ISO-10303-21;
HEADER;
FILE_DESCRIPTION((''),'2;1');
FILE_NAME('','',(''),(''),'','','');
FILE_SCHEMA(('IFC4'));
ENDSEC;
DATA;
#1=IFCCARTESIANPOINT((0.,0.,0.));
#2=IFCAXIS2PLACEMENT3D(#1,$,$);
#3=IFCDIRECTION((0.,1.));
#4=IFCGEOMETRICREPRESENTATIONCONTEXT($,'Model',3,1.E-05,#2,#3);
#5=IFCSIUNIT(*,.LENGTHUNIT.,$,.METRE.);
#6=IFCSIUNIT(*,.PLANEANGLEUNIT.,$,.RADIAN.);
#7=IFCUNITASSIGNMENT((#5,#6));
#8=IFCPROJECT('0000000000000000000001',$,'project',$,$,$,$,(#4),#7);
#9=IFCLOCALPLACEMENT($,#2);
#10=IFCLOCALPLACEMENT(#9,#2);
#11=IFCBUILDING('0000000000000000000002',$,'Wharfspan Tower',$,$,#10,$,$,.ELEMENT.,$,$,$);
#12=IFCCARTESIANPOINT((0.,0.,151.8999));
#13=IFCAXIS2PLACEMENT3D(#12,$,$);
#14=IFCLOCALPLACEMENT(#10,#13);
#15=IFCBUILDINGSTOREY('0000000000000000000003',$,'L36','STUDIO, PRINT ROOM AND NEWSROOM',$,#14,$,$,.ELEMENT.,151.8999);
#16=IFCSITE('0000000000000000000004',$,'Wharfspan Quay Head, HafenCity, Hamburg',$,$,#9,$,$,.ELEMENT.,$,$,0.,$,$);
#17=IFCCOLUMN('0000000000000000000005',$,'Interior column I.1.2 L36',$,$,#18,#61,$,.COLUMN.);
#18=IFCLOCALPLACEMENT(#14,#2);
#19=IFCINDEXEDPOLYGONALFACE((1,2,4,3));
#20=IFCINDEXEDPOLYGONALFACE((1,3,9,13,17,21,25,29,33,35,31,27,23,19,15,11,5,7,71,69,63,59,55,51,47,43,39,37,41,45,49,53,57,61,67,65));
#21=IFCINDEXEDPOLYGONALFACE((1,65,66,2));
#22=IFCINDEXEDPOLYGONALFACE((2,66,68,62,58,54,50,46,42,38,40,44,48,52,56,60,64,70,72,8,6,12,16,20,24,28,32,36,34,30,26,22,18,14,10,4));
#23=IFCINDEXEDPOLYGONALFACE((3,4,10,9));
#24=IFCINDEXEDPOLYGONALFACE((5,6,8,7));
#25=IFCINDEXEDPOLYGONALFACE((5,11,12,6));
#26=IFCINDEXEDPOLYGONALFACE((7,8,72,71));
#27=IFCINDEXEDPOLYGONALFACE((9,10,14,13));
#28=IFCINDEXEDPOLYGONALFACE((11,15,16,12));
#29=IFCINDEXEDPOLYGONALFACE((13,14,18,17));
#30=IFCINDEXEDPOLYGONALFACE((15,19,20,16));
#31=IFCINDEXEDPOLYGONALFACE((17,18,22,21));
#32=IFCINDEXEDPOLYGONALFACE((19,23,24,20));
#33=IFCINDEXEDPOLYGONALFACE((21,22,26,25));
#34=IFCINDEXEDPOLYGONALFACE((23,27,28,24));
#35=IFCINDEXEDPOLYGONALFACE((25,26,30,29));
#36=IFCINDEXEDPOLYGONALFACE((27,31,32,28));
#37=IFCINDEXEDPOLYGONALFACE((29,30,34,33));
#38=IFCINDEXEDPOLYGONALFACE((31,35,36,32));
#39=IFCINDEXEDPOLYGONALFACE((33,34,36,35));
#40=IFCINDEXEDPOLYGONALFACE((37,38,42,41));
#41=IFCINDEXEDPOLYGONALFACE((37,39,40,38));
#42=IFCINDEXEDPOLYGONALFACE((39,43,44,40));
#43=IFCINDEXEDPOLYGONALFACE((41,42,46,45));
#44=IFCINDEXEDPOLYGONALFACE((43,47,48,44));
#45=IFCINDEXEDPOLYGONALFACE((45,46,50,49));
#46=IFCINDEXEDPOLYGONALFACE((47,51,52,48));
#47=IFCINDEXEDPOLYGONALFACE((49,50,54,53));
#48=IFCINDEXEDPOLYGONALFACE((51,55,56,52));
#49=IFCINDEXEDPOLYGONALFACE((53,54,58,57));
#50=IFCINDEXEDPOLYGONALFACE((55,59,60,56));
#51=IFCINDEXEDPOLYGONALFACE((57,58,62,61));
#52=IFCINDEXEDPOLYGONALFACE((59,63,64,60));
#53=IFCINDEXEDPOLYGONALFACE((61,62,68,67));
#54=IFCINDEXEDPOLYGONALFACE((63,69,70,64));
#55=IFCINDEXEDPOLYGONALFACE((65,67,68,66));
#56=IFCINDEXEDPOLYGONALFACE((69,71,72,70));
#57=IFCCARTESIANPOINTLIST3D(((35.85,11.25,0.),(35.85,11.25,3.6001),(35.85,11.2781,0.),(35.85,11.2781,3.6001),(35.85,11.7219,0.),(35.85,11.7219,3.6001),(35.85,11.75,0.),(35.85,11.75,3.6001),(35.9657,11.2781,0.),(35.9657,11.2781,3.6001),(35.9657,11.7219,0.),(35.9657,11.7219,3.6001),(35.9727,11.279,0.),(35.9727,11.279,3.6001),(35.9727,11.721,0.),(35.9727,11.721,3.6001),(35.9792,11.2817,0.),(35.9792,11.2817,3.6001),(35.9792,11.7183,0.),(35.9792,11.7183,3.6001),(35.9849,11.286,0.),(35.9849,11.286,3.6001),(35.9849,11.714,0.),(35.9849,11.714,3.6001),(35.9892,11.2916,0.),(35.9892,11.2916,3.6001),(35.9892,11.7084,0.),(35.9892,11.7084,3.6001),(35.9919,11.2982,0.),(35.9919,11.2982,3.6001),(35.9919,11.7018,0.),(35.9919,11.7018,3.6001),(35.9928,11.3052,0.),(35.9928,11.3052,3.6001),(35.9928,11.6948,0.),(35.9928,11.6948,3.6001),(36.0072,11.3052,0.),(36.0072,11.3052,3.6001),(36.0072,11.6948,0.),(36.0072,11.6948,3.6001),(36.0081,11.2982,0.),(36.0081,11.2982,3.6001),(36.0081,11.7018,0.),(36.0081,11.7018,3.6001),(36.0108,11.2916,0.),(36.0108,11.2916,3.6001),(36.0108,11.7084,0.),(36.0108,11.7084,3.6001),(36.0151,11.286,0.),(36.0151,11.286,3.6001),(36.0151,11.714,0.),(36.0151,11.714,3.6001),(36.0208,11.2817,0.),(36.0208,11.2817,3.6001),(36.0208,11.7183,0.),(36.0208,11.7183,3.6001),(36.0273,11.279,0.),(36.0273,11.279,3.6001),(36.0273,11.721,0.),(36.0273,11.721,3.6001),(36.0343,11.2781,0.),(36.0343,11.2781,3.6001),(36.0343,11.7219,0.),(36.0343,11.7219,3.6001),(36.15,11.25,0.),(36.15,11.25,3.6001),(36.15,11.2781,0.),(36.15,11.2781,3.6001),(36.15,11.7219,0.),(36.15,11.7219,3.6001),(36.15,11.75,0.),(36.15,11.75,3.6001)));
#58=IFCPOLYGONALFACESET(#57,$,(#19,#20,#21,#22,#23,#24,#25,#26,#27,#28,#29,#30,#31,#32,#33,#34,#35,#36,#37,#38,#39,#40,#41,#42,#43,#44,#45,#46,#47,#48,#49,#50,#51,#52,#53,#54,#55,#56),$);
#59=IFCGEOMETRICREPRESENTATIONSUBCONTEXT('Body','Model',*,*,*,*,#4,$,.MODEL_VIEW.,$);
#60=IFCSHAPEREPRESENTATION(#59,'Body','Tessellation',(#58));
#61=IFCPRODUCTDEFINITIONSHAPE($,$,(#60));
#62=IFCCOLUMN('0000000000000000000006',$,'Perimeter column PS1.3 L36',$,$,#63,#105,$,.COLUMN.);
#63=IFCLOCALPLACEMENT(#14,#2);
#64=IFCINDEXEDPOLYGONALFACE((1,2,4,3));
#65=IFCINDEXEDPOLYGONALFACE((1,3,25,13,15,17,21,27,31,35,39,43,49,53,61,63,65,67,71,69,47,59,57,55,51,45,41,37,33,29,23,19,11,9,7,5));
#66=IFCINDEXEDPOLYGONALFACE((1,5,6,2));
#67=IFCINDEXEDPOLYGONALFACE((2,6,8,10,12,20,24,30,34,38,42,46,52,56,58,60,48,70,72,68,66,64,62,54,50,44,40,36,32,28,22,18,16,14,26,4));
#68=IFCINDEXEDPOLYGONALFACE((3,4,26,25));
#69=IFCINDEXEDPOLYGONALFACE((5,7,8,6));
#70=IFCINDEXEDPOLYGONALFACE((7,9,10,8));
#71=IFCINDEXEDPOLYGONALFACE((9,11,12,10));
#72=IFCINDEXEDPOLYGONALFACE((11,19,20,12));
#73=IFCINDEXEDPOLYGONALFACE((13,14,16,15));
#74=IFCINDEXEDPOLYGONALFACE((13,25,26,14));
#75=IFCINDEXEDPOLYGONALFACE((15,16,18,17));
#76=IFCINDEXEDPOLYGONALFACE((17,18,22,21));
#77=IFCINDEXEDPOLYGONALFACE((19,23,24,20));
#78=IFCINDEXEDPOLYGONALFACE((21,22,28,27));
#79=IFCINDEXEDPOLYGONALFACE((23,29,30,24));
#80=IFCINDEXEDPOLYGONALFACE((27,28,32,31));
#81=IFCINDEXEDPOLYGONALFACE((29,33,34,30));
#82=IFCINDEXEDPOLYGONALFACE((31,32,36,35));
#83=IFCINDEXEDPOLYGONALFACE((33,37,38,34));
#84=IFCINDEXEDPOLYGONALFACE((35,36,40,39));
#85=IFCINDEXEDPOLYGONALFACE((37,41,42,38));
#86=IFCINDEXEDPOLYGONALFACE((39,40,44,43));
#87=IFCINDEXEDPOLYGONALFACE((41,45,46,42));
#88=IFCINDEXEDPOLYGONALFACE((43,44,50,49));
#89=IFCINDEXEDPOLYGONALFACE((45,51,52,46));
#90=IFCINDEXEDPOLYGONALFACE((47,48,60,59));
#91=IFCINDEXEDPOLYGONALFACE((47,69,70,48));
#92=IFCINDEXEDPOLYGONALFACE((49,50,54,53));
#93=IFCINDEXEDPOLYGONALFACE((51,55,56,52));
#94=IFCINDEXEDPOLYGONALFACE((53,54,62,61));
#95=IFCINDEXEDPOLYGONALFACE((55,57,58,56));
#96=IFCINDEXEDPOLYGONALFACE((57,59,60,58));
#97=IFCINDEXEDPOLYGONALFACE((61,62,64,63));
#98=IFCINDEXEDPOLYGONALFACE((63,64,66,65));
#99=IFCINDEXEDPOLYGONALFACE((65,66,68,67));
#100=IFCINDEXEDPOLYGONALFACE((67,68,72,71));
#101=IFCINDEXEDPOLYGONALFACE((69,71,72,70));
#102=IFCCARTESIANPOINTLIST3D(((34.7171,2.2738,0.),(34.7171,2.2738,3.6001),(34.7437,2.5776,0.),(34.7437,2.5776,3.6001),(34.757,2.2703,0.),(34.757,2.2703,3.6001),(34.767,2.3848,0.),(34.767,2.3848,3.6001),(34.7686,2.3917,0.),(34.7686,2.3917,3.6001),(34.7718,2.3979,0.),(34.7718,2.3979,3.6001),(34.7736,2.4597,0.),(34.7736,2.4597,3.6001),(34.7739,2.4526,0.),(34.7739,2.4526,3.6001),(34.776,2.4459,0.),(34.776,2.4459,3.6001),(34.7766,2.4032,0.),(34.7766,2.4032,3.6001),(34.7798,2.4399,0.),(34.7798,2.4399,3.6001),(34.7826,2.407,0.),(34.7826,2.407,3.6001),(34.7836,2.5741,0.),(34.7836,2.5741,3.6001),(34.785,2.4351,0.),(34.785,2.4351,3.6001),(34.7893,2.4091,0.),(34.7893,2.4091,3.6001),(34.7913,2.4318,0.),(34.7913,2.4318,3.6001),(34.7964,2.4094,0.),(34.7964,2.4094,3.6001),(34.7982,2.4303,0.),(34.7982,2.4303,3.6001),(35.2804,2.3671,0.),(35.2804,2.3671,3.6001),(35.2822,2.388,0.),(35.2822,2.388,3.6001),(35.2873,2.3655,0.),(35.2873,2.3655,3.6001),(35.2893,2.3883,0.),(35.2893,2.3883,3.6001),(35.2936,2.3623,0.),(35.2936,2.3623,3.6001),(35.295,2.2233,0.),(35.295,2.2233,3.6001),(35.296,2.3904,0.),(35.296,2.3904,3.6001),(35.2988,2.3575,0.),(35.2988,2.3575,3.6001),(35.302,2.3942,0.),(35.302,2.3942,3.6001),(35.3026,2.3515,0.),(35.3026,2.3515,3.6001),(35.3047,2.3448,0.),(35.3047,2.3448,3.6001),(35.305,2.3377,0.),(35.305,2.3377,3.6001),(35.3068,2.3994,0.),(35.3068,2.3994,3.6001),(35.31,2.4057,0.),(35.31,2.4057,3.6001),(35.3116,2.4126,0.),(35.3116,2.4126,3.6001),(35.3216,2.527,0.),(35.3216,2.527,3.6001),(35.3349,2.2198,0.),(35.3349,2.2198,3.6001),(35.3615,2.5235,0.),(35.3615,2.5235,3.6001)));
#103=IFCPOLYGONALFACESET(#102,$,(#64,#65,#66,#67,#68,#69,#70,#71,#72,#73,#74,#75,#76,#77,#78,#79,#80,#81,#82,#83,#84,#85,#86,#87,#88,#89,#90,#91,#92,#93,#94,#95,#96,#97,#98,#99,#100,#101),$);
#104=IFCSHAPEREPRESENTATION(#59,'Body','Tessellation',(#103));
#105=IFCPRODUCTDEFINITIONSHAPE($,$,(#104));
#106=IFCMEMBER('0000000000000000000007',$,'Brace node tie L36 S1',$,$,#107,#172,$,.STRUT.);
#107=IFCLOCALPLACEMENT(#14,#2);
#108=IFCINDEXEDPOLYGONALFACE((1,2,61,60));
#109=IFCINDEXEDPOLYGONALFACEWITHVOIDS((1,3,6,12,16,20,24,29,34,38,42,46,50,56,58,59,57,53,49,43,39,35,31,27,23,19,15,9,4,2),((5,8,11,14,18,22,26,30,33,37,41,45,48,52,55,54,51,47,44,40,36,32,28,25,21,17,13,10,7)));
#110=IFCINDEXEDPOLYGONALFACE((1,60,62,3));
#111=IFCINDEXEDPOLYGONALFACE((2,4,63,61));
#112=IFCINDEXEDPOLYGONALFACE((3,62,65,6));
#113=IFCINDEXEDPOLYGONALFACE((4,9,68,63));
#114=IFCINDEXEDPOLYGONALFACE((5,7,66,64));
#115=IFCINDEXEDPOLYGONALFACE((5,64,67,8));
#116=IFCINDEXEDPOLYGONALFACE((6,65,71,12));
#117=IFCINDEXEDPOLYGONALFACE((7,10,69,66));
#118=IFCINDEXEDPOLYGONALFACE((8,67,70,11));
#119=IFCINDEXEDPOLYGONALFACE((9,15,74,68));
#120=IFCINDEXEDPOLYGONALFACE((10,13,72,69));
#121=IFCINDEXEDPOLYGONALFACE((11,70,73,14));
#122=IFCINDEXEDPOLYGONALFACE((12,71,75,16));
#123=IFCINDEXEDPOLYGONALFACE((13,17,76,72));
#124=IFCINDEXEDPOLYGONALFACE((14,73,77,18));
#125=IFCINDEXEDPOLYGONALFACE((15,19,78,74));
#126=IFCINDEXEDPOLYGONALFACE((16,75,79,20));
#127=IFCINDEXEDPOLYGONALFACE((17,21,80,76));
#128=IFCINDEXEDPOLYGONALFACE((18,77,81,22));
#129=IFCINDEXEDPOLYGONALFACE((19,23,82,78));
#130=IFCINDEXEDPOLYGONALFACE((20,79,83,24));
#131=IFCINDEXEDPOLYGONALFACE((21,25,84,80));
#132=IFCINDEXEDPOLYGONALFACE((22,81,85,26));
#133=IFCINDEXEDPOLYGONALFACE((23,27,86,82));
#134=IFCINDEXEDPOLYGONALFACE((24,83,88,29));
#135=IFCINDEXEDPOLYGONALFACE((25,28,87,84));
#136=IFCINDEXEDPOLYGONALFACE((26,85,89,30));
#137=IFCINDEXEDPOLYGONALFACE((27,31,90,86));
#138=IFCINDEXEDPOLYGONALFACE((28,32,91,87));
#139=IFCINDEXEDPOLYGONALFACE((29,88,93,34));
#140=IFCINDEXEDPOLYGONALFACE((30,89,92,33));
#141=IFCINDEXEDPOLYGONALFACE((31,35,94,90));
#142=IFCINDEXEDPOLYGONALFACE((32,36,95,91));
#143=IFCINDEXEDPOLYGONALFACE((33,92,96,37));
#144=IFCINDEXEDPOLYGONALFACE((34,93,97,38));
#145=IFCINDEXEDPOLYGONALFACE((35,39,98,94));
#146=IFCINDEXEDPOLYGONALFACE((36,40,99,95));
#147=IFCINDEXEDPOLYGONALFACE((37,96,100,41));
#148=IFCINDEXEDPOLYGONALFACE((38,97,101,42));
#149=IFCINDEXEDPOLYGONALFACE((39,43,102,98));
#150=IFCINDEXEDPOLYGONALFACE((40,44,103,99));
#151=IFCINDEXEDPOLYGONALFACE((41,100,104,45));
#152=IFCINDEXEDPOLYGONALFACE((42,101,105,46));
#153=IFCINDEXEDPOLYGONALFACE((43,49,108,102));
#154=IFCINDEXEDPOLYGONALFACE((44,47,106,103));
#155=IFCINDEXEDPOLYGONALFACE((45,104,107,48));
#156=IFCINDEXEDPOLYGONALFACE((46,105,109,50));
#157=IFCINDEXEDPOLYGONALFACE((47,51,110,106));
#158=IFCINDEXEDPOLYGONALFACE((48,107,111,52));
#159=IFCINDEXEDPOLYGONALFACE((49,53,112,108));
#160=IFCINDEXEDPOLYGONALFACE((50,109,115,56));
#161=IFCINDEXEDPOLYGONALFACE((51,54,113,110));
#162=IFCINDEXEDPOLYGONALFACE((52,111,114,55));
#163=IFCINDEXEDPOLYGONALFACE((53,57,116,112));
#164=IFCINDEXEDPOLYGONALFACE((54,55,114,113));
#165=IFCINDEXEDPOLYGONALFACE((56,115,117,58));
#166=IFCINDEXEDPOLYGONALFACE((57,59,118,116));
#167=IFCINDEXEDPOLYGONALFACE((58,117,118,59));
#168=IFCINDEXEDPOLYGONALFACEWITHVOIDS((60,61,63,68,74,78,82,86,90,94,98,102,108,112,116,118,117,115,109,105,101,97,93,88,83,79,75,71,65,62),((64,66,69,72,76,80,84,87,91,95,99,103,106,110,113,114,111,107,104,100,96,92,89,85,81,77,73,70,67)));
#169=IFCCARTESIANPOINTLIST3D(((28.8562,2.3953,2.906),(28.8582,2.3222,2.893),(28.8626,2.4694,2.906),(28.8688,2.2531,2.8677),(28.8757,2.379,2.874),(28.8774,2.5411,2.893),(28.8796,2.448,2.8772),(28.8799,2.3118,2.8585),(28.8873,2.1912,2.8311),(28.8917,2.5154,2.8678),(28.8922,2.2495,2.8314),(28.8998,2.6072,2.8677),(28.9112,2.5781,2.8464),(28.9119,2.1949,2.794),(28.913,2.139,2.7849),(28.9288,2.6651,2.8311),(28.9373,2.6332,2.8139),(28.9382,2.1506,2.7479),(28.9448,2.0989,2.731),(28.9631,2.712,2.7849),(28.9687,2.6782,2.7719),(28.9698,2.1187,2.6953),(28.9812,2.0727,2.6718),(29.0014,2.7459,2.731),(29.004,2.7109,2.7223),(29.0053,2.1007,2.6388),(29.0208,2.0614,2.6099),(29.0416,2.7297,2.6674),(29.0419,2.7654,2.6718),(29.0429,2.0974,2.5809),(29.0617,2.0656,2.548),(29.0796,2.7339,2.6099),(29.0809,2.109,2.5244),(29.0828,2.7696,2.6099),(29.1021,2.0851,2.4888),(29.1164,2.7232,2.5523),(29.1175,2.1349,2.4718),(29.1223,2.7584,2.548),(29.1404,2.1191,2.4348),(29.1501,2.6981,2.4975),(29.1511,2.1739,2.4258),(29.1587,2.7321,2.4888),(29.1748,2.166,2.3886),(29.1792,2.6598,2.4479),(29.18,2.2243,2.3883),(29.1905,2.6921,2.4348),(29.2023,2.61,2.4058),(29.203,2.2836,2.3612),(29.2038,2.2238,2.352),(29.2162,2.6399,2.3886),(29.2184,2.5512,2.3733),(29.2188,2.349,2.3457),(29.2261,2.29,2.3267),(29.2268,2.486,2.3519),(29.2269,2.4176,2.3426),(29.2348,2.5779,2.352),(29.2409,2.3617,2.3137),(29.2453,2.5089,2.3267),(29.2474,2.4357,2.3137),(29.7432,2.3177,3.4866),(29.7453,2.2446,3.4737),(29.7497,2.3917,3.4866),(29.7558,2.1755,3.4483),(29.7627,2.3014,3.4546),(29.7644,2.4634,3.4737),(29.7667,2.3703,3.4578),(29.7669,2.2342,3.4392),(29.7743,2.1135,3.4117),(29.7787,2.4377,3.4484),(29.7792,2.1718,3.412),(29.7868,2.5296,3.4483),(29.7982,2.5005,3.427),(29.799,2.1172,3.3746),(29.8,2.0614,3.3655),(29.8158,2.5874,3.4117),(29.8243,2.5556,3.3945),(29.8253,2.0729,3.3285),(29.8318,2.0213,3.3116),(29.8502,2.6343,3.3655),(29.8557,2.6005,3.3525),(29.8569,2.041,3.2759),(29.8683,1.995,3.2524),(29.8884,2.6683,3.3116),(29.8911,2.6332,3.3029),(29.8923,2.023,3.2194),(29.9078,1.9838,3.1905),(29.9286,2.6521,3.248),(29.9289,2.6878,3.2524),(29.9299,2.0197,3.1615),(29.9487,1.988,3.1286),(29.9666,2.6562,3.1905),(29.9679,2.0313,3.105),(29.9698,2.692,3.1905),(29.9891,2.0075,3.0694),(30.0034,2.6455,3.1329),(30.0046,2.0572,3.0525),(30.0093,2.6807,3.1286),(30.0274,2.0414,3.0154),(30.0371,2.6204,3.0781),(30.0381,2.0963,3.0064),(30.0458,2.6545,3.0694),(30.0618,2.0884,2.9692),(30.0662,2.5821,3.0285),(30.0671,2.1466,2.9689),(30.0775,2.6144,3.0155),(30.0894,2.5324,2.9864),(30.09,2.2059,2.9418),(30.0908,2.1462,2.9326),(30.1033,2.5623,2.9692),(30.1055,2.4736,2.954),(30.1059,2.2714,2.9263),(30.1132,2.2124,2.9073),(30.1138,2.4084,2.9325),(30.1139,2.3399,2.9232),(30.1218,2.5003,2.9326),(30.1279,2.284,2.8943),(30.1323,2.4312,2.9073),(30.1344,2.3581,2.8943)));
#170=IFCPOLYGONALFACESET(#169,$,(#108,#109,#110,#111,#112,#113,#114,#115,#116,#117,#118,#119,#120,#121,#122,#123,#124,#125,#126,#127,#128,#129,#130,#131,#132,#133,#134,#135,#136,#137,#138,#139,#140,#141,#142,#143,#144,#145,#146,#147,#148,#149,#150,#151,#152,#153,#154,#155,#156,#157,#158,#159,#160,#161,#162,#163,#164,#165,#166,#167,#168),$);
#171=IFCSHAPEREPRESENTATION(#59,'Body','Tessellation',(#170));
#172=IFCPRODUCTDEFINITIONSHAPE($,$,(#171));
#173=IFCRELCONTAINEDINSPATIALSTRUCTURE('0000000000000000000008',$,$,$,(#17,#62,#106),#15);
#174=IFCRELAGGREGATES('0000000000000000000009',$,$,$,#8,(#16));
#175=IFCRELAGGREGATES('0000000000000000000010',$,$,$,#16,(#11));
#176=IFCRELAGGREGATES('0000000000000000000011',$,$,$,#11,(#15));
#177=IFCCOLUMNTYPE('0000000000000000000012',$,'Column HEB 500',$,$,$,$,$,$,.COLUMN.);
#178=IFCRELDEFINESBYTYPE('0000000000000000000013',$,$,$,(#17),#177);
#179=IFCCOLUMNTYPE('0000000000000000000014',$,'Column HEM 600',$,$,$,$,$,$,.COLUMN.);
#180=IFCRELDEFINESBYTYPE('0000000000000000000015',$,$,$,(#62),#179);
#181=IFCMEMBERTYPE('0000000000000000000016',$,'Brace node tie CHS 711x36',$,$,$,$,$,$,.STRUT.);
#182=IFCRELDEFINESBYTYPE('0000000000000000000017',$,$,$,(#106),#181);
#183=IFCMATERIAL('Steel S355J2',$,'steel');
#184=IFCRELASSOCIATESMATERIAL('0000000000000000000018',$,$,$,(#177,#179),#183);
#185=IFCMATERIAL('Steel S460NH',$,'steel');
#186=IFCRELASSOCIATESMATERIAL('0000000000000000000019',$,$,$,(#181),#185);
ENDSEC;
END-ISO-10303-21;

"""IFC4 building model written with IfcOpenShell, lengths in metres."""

from ifc_helpers import new_model, si_unit, direction, frame, origin, origin_2d, place, context, subcontext, project, spatial, hollow_circle, i_section, extrude, material, material_profile, profile_set, type_object, element, save


model = new_model("IFC4")

# Units and contexts
model_context = context("Model", 3, precision=1e-05, world=origin(), true_north=direction((0.0, 1.0)))
body_context = subcontext(model_context, "Body", "Model", "MODEL_VIEW")
ifc_project = project(units=[si_unit("LENGTHUNIT", "METRE"), si_unit("PLANEANGLEUNIT", "RADIAN")], contexts=[model_context])

# Site, building, storey
site_placement = place(None, origin())
site = spatial("IfcSite", under=ifc_project, at=site_placement, Name="Wharfspan Quay Head, HafenCity, Hamburg", CompositionType="ELEMENT", RefElevation=0.0)
building_placement = place(site_placement, origin())
building = spatial("IfcBuilding", under=site, at=building_placement, Name="Wharfspan Tower", CompositionType="ELEMENT")
storey_placement = place(building_placement, frame((0.0, 0.0, 151.8999)))
storey = spatial("IfcBuildingStorey", under=building, at=storey_placement, Name="L36", Description="STUDIO, PRINT ROOM AND NEWSROOM", CompositionType="ELEMENT", Elevation=151.8999)

# Columns
ifc_material_1 = material(Name="Steel S355J2", Category="steel")
ifc_material_profile_1 = material_profile(ifc_material_1, i_section(OverallWidth=0.3, OverallDepth=0.5, WebThickness=0.0144, FlangeThickness=0.0281, FilletRadius=0.0271, at=origin_2d()))
ifc_profile_set_1 = profile_set([ifc_material_profile_1], Name="Steel S355J2")
column_type_1 = type_object("IfcColumnType", Name="Column HEB 500", PredefinedType="COLUMN", material=ifc_profile_set_1)
column_1_placement = place(storey_placement, frame((36.0, 11.5, 0.0), z_axis=(0.0, 0.0, 1.0), x_axis=(1.0, 0.0, 0.0)))
element("IfcColumn", 1, at=column_1_placement, inside=storey, type_object=column_type_1, Name="Interior column I.1.2 L36", PredefinedType="COLUMN", context=body_context, shape_type="SweptSolid", body=[
    extrude(i_section(OverallWidth=0.3, OverallDepth=0.5, WebThickness=0.0144, FlangeThickness=0.0281, FilletRadius=0.0271, at=origin_2d()), origin(), (0.0, 0.0, 1.0), 3.6001),
])
ifc_material_profile_2 = material_profile(ifc_material_1, i_section(OverallWidth=0.3049, OverallDepth=0.6201, WebThickness=0.021, FlangeThickness=0.04, FilletRadius=0.0271, at=origin_2d()))
ifc_profile_set_2 = profile_set([ifc_material_profile_2], Name="Steel S355J2")
column_type_2 = type_object("IfcColumnType", Name="Column HEM 600", PredefinedType="COLUMN", material=ifc_profile_set_2)
column_2_placement = place(storey_placement, frame((35.0393, 2.3987, 0.0), z_axis=(0.0, 0.0, 1.0), x_axis=(-0.087156, -0.996198, 0.0)))
element("IfcColumn", 2, at=column_2_placement, inside=storey, type_object=column_type_2, Name="Perimeter column PS1.3 L36", PredefinedType="COLUMN", context=body_context, shape_type="SweptSolid", body=[
    extrude(i_section(OverallWidth=0.3049, OverallDepth=0.6201, WebThickness=0.021, FlangeThickness=0.04, FilletRadius=0.0271, at=origin_2d()), origin(), (0.0, 0.0, 1.0), 3.6001),
])

# Member
ifc_material_2 = material(Name="Steel S460NH", Category="steel")
ifc_material_profile_3 = material_profile(ifc_material_2, hollow_circle(Radius=0.3555, WallThickness=0.0359, at=origin_2d()))
ifc_profile_set_3 = profile_set([ifc_material_profile_3], Name="Steel S460NH")
member_type_1 = type_object("IfcMemberType", Name="Brace node tie CHS 711x36", PredefinedType="STRUT", material=ifc_profile_set_3)
member_1_placement = place(storey_placement, frame((29.0518, 2.4155, 2.6099), z_axis=(0.834463, -0.073041, 0.546202), x_axis=(0.087195, 0.996189, 0.000003)))
element("IfcMember", 3, at=member_1_placement, inside=storey, type_object=member_type_1, Name="Brace node tie L36 S1", PredefinedType="STRUT", context=body_context, shape_type="SweptSolid", body=[
    extrude(hollow_circle(Radius=0.3555, WallThickness=0.0359, at=origin_2d()), origin(), (0.0, 0.0, 1.0), 1.063),
])

save(model, "model.ifc")
